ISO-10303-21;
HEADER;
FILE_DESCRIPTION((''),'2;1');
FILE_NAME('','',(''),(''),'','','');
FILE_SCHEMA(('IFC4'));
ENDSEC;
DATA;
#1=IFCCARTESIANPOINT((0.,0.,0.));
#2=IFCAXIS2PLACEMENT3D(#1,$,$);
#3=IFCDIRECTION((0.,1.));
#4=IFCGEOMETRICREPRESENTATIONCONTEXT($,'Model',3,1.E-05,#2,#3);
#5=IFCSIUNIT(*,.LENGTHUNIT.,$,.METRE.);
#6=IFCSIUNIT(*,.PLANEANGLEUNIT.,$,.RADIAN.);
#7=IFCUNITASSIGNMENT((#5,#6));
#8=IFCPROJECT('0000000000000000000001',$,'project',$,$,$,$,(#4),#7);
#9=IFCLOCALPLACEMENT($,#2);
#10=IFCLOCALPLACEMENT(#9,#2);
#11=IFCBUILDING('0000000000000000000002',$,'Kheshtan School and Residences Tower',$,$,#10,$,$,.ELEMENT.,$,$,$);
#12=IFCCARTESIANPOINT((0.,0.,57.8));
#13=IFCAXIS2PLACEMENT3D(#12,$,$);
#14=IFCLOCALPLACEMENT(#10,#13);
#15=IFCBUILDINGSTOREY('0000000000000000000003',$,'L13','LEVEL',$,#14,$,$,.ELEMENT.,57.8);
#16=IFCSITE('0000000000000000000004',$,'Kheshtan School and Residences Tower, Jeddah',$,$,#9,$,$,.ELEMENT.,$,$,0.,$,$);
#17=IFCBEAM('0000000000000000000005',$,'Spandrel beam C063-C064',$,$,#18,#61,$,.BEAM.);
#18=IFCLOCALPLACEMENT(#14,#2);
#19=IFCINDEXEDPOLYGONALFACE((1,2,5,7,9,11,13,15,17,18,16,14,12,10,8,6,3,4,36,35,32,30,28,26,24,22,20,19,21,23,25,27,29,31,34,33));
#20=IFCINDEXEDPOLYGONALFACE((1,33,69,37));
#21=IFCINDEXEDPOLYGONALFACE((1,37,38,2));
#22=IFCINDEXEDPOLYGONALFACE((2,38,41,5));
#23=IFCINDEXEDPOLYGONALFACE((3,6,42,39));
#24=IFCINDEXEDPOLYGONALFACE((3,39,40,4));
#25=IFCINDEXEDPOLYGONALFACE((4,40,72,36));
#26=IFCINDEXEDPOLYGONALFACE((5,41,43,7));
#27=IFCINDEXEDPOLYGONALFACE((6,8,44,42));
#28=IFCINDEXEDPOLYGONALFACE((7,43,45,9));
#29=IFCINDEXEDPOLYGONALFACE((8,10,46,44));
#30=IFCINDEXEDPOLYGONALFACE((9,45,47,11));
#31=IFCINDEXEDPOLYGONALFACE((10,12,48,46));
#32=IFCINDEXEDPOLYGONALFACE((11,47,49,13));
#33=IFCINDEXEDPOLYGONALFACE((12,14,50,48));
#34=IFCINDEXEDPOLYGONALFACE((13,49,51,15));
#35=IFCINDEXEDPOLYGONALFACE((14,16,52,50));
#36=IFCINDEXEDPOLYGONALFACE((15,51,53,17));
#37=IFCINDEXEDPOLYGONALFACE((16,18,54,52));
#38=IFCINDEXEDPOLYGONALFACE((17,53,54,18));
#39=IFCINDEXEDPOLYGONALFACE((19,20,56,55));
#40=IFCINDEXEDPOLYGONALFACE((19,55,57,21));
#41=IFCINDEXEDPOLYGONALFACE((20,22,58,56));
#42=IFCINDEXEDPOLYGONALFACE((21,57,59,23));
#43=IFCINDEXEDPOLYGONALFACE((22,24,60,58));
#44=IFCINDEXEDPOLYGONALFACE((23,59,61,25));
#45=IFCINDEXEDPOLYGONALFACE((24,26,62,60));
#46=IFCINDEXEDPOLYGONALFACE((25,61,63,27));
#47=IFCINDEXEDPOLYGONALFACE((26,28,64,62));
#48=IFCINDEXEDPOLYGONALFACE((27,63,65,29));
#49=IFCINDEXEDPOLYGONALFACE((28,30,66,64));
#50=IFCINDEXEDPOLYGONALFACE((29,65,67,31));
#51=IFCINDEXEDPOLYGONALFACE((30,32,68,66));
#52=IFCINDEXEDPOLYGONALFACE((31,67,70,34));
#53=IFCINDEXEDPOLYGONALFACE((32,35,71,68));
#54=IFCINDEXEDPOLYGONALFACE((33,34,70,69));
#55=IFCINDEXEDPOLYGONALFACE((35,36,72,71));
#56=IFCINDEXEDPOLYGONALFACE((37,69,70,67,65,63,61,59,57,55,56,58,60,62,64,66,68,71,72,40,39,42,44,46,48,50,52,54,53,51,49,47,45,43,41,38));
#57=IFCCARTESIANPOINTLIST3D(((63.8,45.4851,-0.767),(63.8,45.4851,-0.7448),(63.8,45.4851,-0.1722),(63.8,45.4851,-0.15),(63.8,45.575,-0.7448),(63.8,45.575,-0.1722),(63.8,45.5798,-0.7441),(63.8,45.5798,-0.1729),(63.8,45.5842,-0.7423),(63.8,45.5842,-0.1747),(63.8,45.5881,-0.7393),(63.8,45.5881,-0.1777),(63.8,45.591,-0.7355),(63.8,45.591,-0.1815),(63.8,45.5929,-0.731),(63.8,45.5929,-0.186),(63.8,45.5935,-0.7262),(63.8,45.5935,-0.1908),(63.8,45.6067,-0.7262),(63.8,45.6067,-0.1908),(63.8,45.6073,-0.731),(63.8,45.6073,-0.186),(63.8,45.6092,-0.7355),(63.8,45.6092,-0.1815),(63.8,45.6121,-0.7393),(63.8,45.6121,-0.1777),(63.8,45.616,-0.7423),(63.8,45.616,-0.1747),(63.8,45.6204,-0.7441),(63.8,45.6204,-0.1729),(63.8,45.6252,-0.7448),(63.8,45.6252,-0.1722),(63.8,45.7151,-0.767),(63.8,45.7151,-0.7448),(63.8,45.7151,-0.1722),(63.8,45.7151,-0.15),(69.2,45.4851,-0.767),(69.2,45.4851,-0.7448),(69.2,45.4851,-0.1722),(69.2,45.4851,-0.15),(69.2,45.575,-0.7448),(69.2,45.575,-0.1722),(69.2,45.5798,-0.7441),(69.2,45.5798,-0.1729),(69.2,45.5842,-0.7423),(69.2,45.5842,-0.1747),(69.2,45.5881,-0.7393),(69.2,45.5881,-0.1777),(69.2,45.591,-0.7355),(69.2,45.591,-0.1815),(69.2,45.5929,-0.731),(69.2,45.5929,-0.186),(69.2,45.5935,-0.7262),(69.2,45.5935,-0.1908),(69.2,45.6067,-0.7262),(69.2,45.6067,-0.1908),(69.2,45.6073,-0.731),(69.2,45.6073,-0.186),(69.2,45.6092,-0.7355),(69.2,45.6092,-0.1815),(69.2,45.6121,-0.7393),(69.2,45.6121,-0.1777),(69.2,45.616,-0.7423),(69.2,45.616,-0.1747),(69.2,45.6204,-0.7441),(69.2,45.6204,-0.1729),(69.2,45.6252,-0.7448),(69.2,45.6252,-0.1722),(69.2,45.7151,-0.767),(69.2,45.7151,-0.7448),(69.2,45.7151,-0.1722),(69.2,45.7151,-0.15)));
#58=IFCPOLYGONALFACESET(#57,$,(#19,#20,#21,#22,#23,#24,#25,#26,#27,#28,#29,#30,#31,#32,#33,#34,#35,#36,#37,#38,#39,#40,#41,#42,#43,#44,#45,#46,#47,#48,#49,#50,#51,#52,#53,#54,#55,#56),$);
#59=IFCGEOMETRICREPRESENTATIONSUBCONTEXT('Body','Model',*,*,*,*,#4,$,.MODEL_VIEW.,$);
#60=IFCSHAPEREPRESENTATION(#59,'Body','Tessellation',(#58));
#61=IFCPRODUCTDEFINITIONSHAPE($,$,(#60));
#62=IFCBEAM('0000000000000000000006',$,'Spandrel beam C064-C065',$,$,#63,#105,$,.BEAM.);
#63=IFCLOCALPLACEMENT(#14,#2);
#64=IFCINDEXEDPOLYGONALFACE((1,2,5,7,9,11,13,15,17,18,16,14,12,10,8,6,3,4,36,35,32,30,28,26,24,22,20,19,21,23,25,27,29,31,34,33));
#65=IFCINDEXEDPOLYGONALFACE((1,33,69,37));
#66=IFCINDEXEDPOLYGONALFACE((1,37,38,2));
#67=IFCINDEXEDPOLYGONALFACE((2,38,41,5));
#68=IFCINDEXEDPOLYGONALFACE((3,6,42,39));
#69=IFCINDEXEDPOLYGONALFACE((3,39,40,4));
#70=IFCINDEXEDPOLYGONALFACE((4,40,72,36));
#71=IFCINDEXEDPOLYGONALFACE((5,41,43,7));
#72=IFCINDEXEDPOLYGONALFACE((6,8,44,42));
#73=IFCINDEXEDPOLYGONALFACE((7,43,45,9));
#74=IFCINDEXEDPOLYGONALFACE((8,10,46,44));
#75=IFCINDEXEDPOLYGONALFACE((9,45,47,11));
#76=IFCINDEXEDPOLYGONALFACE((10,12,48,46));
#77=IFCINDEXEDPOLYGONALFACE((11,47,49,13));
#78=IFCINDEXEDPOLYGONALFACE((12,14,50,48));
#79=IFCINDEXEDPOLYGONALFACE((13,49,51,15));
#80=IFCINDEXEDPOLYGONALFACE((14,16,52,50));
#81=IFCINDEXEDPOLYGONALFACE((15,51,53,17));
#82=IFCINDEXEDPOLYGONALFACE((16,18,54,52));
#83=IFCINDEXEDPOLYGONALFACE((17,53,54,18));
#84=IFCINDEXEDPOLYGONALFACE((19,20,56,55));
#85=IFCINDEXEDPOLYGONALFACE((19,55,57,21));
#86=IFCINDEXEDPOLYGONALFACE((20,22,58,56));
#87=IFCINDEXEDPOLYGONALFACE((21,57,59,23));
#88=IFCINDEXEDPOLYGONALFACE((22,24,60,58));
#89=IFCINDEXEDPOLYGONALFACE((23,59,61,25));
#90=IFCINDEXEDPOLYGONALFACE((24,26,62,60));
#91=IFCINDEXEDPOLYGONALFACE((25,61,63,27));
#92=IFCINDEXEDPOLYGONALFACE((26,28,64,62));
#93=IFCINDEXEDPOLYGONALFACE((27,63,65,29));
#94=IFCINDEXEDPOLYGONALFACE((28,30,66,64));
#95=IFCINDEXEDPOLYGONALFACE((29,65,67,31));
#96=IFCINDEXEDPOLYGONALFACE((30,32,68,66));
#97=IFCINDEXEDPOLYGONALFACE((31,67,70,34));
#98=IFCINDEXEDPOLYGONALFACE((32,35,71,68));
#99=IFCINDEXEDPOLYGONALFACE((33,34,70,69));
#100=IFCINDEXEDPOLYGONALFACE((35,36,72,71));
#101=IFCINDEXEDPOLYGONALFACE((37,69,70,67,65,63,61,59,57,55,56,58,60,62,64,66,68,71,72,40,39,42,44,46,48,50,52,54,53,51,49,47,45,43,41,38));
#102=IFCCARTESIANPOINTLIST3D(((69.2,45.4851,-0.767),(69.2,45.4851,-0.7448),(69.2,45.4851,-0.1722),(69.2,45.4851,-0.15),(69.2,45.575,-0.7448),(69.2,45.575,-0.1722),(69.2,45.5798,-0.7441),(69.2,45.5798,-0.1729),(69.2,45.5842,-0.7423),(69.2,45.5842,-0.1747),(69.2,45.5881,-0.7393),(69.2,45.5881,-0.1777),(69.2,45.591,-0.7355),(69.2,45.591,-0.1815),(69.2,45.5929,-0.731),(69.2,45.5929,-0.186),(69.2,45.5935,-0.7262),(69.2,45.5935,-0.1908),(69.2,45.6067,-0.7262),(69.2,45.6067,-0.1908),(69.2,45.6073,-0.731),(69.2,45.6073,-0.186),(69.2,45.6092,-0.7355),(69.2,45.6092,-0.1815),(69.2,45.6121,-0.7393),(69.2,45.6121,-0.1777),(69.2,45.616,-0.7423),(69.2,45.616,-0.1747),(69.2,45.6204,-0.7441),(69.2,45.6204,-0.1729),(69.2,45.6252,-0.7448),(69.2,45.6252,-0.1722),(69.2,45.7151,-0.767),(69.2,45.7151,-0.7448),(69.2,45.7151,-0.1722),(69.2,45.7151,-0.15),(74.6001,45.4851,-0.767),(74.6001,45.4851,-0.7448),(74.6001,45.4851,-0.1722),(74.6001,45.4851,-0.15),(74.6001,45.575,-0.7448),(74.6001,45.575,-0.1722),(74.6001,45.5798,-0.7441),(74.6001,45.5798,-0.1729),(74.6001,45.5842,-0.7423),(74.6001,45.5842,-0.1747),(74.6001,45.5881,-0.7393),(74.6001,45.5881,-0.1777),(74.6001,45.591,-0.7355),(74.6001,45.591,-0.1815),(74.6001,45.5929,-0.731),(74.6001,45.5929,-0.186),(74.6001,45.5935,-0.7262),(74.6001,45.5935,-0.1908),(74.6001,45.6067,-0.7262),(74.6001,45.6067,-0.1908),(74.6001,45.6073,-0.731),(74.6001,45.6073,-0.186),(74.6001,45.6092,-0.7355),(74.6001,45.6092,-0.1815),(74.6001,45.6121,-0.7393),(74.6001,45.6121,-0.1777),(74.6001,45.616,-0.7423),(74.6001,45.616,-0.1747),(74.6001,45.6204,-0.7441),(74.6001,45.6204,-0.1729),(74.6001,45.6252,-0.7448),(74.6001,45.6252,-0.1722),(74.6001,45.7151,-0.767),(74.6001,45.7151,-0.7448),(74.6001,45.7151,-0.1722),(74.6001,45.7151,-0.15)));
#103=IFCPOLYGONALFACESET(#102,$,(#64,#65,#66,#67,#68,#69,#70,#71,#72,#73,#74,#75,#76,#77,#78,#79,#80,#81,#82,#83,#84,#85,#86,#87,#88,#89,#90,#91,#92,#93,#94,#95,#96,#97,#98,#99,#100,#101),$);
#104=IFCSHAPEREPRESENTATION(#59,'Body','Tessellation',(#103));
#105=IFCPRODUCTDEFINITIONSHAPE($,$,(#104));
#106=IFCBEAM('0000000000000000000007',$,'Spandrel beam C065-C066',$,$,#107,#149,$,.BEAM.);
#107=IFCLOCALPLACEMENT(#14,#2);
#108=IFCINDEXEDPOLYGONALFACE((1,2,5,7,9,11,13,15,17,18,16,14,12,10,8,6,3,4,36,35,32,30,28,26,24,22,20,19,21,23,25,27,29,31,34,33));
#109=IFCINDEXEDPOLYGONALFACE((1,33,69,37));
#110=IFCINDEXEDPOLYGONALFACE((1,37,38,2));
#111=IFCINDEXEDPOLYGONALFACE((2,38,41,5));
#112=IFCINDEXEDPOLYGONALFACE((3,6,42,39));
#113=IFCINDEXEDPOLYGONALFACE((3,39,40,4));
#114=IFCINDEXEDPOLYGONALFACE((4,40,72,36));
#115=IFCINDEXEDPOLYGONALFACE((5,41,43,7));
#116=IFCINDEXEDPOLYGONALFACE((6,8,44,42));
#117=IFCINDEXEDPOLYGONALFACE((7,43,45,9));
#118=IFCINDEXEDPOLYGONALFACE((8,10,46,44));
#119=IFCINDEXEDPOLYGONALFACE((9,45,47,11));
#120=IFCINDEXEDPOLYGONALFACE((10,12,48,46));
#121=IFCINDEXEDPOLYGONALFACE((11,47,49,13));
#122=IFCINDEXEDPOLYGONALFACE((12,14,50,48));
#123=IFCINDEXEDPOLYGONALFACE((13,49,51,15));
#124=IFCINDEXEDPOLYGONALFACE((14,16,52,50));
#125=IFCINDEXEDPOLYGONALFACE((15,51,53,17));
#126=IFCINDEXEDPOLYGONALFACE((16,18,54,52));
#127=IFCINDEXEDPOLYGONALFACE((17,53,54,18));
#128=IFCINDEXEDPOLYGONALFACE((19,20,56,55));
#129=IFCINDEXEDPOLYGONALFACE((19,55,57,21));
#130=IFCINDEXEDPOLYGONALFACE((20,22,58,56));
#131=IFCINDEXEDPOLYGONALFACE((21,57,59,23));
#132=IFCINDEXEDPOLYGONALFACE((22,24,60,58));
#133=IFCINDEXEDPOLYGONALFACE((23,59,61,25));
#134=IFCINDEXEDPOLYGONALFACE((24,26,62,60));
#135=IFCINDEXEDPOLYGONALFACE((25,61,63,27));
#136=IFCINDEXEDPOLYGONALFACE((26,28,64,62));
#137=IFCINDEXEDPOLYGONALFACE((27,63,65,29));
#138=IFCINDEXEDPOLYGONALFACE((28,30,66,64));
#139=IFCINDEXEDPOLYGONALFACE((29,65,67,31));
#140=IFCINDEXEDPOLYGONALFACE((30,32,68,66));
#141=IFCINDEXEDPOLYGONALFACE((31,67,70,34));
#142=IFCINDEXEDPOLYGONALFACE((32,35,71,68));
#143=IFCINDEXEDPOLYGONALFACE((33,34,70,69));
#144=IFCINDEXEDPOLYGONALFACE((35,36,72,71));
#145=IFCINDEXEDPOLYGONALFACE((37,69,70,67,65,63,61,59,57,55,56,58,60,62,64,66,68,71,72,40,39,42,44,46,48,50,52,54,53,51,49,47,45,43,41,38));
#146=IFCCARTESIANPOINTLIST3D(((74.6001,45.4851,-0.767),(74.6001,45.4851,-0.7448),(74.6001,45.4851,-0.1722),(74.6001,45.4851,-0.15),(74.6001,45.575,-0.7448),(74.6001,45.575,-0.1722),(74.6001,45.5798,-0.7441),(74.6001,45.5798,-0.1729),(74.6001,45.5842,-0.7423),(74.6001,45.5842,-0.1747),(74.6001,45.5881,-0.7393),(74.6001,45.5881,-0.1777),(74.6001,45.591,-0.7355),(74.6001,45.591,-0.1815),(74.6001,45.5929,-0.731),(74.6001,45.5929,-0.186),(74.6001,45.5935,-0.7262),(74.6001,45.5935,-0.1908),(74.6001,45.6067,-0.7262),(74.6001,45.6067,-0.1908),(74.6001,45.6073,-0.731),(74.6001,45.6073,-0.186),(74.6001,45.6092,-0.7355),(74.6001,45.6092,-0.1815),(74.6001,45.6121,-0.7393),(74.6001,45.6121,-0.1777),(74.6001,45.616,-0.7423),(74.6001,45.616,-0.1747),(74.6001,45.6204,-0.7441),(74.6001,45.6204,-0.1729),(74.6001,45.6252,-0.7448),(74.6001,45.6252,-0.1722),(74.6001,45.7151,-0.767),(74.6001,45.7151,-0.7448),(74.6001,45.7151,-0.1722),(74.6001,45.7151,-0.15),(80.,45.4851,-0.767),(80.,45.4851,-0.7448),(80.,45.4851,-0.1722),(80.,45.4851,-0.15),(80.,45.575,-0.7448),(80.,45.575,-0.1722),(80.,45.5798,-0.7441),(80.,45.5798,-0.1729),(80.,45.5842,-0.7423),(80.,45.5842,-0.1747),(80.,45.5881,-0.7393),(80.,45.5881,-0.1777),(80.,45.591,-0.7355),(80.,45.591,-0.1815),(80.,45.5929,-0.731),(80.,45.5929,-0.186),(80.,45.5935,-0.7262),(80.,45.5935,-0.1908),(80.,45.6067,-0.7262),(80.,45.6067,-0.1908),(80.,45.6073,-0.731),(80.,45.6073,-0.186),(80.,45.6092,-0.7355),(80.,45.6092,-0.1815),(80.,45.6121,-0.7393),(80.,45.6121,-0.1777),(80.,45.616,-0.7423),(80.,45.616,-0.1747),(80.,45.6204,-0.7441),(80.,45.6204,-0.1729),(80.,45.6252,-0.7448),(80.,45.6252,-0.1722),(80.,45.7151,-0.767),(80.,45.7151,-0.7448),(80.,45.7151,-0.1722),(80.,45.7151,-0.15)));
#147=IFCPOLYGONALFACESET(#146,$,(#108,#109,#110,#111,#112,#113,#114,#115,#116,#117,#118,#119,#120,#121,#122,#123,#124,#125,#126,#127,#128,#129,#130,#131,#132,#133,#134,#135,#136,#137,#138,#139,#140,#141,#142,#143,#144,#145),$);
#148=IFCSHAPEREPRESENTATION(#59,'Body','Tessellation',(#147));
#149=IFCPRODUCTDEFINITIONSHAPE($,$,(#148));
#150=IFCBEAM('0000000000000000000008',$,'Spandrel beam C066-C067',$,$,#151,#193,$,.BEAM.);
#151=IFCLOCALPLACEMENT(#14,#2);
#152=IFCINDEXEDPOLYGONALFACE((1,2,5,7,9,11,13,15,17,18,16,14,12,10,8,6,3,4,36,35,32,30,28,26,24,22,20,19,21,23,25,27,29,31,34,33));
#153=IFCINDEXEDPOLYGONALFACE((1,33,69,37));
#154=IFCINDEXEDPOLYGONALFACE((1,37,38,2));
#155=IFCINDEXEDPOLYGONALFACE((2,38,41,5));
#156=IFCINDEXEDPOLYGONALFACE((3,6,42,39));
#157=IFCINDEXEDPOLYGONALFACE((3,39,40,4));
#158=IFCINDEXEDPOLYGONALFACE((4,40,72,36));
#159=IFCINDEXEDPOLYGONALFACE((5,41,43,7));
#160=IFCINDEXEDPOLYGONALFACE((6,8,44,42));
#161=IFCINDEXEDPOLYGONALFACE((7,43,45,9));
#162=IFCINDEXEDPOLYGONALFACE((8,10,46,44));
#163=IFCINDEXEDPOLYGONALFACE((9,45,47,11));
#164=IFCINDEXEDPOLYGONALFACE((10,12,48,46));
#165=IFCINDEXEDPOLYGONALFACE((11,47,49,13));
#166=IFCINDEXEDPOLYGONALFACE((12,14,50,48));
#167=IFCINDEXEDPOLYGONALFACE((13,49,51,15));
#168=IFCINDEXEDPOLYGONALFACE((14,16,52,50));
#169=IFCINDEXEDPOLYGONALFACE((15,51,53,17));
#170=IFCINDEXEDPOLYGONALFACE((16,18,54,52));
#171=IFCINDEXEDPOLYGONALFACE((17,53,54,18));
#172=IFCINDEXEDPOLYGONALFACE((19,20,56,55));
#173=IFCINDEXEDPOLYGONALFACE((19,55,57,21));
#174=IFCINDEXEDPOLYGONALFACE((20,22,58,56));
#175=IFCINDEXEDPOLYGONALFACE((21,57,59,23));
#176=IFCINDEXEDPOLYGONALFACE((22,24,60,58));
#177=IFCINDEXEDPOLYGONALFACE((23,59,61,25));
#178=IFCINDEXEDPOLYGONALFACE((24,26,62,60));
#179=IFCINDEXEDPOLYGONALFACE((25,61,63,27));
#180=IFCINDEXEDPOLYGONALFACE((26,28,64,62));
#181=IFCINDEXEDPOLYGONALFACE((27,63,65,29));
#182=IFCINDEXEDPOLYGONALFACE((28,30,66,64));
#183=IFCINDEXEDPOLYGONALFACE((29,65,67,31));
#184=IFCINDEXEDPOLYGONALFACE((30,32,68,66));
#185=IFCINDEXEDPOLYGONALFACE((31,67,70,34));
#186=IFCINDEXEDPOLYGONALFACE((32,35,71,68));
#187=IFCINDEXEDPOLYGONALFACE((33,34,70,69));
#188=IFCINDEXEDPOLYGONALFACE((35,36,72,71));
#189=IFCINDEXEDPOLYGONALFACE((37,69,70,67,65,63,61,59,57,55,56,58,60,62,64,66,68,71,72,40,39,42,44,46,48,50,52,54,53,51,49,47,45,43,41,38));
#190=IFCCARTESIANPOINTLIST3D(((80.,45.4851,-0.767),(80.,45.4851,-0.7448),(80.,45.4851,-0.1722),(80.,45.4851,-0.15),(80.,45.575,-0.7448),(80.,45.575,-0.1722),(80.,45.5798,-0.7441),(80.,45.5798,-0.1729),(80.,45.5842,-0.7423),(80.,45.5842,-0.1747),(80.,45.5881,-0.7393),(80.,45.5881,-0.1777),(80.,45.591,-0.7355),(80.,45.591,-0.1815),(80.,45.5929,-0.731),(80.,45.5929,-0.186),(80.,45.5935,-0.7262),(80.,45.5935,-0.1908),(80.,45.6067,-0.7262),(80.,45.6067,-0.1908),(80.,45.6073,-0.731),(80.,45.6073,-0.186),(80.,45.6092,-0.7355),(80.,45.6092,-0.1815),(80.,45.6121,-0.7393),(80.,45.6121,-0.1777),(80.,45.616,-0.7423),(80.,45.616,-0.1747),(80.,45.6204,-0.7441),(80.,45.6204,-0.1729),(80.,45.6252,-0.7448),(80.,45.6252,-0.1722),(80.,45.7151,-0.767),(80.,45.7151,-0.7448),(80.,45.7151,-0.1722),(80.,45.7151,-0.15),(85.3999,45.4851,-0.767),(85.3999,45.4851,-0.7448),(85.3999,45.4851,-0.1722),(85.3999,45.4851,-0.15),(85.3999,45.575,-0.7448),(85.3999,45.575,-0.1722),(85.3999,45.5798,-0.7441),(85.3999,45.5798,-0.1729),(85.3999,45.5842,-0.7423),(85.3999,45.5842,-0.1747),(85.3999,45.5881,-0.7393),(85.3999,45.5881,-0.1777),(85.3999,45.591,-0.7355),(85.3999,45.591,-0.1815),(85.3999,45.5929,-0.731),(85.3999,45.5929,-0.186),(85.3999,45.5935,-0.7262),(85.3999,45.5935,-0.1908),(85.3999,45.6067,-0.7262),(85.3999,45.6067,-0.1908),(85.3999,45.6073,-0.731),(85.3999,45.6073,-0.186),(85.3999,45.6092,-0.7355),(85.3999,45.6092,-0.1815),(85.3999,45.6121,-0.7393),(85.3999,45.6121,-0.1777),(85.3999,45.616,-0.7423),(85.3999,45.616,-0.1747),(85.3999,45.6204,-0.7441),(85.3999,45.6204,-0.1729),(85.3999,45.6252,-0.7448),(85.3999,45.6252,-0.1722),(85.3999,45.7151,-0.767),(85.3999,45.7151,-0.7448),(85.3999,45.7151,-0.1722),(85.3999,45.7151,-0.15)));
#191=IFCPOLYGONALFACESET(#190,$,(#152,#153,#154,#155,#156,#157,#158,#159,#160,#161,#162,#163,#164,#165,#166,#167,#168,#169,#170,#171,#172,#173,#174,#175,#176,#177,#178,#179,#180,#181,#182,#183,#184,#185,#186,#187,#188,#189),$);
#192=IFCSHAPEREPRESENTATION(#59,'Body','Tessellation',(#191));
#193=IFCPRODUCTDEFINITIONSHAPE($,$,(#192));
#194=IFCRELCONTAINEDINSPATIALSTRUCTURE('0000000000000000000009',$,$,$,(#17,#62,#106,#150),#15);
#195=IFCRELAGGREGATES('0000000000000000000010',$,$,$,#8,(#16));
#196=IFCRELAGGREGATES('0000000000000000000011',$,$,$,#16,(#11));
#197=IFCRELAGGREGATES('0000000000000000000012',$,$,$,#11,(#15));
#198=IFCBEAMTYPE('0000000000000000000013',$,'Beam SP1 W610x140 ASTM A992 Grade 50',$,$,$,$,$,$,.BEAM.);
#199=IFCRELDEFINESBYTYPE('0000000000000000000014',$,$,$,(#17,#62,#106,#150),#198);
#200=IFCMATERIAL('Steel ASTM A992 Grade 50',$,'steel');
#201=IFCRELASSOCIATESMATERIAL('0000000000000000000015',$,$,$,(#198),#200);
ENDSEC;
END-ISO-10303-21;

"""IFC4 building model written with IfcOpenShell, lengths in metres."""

from ifc_helpers import new_model, si_unit, direction, frame, origin, origin_2d, place, context, subcontext, project, spatial, i_section, extrude, material, material_profile, profile_set, type_object, element, save


model = new_model("IFC4")

# Units and contexts
model_context = context("Model", 3, precision=1e-05, world=origin(), true_north=direction((0.0, 1.0)))
body_context = subcontext(model_context, "Body", "Model", "MODEL_VIEW")
ifc_project = project(units=[si_unit("LENGTHUNIT", "METRE"), si_unit("PLANEANGLEUNIT", "RADIAN")], contexts=[model_context])

# Site, building, storey
site_placement = place(None, origin())
site = spatial("IfcSite", under=ifc_project, at=site_placement, Name="Kheshtan School and Residences Tower, Jeddah", CompositionType="ELEMENT", RefElevation=0.0)
building_placement = place(site_placement, origin())
building = spatial("IfcBuilding", under=site, at=building_placement, Name="Kheshtan School and Residences Tower", CompositionType="ELEMENT")
storey_placement = place(building_placement, frame((0.0, 0.0, 57.8)))
storey = spatial("IfcBuildingStorey", under=building, at=storey_placement, Name="L13", Description="LEVEL", CompositionType="ELEMENT", Elevation=57.8)

# Shared definitions
ifc_material = material(Name="Steel ASTM A992 Grade 50", Category="steel")

# Beams
ifc_material_profile_1 = material_profile(ifc_material, i_section(OverallWidth=0.23, OverallDepth=0.6169, WebThickness=0.0132, FlangeThickness=0.0222, FilletRadius=0.0186, at=origin_2d()), Name="W610x140")
ifc_profile_set_1 = profile_set([ifc_material_profile_1], Name="Steel ASTM A992 Grade 50")
beam_type_1 = type_object("IfcBeamType", Name="Beam SP1 W610x140 ASTM A992 Grade 50", PredefinedType="BEAM", material=ifc_profile_set_1)
beam_1_placement = place(storey_placement, frame((63.8, 45.6001, -0.4585), z_axis=(1.0, 0.0, 0.0), x_axis=(0.0, 1.0, 0.0)))
element("IfcBeam", 1, at=beam_1_placement, inside=storey, type_object=beam_type_1, Name="Spandrel beam C063-C064", PredefinedType="BEAM", context=body_context, shape_type="SweptSolid", body=[
    extrude(i_section(OverallWidth=0.23, OverallDepth=0.6169, WebThickness=0.0132, FlangeThickness=0.0222, FilletRadius=0.0186, at=origin_2d()), origin(), (0.0, 0.0, 1.0), 5.3999),
])
beam_2_placement = place(storey_placement, frame((69.2, 45.6001, -0.4585), z_axis=(1.0, 0.0, 0.0), x_axis=(0.0, 1.0, 0.0)))
element("IfcBeam", 2, at=beam_2_placement, inside=storey, type_object=beam_type_1, Name="Spandrel beam C064-C065", PredefinedType="BEAM", context=body_context, shape_type="SweptSolid", body=[
    extrude(i_section(OverallWidth=0.23, OverallDepth=0.6169, WebThickness=0.0132, FlangeThickness=0.0222, FilletRadius=0.0186, at=origin_2d()), origin(), (0.0, 0.0, 1.0), 5.4001),
])
for number, where, z_axis, x_axis, name in (
    (3, (74.6001, 45.6001, -0.4585), (1.0, 0.0, 0.0), (0.0, 1.0, 0.0), "Spandrel beam C065-C066"),
    (4, (80.0, 45.6001, -0.4585), (1.0, 0.0, 0.0), (0.0, 1.0, 0.0), "Spandrel beam C066-C067"),
):
    element("IfcBeam", number, at=place(storey_placement, frame(where, z_axis=z_axis, x_axis=x_axis)), inside=storey, type_object=beam_type_1, Name=name, PredefinedType="BEAM", context=body_context, shape_type="SweptSolid", body=[
        extrude(i_section(OverallWidth=0.23, OverallDepth=0.6169, WebThickness=0.0132, FlangeThickness=0.0222, FilletRadius=0.0186, at=origin_2d()), origin(), (0.0, 0.0, 1.0), 5.3999),
    ])

save(model, "model.ifc")
